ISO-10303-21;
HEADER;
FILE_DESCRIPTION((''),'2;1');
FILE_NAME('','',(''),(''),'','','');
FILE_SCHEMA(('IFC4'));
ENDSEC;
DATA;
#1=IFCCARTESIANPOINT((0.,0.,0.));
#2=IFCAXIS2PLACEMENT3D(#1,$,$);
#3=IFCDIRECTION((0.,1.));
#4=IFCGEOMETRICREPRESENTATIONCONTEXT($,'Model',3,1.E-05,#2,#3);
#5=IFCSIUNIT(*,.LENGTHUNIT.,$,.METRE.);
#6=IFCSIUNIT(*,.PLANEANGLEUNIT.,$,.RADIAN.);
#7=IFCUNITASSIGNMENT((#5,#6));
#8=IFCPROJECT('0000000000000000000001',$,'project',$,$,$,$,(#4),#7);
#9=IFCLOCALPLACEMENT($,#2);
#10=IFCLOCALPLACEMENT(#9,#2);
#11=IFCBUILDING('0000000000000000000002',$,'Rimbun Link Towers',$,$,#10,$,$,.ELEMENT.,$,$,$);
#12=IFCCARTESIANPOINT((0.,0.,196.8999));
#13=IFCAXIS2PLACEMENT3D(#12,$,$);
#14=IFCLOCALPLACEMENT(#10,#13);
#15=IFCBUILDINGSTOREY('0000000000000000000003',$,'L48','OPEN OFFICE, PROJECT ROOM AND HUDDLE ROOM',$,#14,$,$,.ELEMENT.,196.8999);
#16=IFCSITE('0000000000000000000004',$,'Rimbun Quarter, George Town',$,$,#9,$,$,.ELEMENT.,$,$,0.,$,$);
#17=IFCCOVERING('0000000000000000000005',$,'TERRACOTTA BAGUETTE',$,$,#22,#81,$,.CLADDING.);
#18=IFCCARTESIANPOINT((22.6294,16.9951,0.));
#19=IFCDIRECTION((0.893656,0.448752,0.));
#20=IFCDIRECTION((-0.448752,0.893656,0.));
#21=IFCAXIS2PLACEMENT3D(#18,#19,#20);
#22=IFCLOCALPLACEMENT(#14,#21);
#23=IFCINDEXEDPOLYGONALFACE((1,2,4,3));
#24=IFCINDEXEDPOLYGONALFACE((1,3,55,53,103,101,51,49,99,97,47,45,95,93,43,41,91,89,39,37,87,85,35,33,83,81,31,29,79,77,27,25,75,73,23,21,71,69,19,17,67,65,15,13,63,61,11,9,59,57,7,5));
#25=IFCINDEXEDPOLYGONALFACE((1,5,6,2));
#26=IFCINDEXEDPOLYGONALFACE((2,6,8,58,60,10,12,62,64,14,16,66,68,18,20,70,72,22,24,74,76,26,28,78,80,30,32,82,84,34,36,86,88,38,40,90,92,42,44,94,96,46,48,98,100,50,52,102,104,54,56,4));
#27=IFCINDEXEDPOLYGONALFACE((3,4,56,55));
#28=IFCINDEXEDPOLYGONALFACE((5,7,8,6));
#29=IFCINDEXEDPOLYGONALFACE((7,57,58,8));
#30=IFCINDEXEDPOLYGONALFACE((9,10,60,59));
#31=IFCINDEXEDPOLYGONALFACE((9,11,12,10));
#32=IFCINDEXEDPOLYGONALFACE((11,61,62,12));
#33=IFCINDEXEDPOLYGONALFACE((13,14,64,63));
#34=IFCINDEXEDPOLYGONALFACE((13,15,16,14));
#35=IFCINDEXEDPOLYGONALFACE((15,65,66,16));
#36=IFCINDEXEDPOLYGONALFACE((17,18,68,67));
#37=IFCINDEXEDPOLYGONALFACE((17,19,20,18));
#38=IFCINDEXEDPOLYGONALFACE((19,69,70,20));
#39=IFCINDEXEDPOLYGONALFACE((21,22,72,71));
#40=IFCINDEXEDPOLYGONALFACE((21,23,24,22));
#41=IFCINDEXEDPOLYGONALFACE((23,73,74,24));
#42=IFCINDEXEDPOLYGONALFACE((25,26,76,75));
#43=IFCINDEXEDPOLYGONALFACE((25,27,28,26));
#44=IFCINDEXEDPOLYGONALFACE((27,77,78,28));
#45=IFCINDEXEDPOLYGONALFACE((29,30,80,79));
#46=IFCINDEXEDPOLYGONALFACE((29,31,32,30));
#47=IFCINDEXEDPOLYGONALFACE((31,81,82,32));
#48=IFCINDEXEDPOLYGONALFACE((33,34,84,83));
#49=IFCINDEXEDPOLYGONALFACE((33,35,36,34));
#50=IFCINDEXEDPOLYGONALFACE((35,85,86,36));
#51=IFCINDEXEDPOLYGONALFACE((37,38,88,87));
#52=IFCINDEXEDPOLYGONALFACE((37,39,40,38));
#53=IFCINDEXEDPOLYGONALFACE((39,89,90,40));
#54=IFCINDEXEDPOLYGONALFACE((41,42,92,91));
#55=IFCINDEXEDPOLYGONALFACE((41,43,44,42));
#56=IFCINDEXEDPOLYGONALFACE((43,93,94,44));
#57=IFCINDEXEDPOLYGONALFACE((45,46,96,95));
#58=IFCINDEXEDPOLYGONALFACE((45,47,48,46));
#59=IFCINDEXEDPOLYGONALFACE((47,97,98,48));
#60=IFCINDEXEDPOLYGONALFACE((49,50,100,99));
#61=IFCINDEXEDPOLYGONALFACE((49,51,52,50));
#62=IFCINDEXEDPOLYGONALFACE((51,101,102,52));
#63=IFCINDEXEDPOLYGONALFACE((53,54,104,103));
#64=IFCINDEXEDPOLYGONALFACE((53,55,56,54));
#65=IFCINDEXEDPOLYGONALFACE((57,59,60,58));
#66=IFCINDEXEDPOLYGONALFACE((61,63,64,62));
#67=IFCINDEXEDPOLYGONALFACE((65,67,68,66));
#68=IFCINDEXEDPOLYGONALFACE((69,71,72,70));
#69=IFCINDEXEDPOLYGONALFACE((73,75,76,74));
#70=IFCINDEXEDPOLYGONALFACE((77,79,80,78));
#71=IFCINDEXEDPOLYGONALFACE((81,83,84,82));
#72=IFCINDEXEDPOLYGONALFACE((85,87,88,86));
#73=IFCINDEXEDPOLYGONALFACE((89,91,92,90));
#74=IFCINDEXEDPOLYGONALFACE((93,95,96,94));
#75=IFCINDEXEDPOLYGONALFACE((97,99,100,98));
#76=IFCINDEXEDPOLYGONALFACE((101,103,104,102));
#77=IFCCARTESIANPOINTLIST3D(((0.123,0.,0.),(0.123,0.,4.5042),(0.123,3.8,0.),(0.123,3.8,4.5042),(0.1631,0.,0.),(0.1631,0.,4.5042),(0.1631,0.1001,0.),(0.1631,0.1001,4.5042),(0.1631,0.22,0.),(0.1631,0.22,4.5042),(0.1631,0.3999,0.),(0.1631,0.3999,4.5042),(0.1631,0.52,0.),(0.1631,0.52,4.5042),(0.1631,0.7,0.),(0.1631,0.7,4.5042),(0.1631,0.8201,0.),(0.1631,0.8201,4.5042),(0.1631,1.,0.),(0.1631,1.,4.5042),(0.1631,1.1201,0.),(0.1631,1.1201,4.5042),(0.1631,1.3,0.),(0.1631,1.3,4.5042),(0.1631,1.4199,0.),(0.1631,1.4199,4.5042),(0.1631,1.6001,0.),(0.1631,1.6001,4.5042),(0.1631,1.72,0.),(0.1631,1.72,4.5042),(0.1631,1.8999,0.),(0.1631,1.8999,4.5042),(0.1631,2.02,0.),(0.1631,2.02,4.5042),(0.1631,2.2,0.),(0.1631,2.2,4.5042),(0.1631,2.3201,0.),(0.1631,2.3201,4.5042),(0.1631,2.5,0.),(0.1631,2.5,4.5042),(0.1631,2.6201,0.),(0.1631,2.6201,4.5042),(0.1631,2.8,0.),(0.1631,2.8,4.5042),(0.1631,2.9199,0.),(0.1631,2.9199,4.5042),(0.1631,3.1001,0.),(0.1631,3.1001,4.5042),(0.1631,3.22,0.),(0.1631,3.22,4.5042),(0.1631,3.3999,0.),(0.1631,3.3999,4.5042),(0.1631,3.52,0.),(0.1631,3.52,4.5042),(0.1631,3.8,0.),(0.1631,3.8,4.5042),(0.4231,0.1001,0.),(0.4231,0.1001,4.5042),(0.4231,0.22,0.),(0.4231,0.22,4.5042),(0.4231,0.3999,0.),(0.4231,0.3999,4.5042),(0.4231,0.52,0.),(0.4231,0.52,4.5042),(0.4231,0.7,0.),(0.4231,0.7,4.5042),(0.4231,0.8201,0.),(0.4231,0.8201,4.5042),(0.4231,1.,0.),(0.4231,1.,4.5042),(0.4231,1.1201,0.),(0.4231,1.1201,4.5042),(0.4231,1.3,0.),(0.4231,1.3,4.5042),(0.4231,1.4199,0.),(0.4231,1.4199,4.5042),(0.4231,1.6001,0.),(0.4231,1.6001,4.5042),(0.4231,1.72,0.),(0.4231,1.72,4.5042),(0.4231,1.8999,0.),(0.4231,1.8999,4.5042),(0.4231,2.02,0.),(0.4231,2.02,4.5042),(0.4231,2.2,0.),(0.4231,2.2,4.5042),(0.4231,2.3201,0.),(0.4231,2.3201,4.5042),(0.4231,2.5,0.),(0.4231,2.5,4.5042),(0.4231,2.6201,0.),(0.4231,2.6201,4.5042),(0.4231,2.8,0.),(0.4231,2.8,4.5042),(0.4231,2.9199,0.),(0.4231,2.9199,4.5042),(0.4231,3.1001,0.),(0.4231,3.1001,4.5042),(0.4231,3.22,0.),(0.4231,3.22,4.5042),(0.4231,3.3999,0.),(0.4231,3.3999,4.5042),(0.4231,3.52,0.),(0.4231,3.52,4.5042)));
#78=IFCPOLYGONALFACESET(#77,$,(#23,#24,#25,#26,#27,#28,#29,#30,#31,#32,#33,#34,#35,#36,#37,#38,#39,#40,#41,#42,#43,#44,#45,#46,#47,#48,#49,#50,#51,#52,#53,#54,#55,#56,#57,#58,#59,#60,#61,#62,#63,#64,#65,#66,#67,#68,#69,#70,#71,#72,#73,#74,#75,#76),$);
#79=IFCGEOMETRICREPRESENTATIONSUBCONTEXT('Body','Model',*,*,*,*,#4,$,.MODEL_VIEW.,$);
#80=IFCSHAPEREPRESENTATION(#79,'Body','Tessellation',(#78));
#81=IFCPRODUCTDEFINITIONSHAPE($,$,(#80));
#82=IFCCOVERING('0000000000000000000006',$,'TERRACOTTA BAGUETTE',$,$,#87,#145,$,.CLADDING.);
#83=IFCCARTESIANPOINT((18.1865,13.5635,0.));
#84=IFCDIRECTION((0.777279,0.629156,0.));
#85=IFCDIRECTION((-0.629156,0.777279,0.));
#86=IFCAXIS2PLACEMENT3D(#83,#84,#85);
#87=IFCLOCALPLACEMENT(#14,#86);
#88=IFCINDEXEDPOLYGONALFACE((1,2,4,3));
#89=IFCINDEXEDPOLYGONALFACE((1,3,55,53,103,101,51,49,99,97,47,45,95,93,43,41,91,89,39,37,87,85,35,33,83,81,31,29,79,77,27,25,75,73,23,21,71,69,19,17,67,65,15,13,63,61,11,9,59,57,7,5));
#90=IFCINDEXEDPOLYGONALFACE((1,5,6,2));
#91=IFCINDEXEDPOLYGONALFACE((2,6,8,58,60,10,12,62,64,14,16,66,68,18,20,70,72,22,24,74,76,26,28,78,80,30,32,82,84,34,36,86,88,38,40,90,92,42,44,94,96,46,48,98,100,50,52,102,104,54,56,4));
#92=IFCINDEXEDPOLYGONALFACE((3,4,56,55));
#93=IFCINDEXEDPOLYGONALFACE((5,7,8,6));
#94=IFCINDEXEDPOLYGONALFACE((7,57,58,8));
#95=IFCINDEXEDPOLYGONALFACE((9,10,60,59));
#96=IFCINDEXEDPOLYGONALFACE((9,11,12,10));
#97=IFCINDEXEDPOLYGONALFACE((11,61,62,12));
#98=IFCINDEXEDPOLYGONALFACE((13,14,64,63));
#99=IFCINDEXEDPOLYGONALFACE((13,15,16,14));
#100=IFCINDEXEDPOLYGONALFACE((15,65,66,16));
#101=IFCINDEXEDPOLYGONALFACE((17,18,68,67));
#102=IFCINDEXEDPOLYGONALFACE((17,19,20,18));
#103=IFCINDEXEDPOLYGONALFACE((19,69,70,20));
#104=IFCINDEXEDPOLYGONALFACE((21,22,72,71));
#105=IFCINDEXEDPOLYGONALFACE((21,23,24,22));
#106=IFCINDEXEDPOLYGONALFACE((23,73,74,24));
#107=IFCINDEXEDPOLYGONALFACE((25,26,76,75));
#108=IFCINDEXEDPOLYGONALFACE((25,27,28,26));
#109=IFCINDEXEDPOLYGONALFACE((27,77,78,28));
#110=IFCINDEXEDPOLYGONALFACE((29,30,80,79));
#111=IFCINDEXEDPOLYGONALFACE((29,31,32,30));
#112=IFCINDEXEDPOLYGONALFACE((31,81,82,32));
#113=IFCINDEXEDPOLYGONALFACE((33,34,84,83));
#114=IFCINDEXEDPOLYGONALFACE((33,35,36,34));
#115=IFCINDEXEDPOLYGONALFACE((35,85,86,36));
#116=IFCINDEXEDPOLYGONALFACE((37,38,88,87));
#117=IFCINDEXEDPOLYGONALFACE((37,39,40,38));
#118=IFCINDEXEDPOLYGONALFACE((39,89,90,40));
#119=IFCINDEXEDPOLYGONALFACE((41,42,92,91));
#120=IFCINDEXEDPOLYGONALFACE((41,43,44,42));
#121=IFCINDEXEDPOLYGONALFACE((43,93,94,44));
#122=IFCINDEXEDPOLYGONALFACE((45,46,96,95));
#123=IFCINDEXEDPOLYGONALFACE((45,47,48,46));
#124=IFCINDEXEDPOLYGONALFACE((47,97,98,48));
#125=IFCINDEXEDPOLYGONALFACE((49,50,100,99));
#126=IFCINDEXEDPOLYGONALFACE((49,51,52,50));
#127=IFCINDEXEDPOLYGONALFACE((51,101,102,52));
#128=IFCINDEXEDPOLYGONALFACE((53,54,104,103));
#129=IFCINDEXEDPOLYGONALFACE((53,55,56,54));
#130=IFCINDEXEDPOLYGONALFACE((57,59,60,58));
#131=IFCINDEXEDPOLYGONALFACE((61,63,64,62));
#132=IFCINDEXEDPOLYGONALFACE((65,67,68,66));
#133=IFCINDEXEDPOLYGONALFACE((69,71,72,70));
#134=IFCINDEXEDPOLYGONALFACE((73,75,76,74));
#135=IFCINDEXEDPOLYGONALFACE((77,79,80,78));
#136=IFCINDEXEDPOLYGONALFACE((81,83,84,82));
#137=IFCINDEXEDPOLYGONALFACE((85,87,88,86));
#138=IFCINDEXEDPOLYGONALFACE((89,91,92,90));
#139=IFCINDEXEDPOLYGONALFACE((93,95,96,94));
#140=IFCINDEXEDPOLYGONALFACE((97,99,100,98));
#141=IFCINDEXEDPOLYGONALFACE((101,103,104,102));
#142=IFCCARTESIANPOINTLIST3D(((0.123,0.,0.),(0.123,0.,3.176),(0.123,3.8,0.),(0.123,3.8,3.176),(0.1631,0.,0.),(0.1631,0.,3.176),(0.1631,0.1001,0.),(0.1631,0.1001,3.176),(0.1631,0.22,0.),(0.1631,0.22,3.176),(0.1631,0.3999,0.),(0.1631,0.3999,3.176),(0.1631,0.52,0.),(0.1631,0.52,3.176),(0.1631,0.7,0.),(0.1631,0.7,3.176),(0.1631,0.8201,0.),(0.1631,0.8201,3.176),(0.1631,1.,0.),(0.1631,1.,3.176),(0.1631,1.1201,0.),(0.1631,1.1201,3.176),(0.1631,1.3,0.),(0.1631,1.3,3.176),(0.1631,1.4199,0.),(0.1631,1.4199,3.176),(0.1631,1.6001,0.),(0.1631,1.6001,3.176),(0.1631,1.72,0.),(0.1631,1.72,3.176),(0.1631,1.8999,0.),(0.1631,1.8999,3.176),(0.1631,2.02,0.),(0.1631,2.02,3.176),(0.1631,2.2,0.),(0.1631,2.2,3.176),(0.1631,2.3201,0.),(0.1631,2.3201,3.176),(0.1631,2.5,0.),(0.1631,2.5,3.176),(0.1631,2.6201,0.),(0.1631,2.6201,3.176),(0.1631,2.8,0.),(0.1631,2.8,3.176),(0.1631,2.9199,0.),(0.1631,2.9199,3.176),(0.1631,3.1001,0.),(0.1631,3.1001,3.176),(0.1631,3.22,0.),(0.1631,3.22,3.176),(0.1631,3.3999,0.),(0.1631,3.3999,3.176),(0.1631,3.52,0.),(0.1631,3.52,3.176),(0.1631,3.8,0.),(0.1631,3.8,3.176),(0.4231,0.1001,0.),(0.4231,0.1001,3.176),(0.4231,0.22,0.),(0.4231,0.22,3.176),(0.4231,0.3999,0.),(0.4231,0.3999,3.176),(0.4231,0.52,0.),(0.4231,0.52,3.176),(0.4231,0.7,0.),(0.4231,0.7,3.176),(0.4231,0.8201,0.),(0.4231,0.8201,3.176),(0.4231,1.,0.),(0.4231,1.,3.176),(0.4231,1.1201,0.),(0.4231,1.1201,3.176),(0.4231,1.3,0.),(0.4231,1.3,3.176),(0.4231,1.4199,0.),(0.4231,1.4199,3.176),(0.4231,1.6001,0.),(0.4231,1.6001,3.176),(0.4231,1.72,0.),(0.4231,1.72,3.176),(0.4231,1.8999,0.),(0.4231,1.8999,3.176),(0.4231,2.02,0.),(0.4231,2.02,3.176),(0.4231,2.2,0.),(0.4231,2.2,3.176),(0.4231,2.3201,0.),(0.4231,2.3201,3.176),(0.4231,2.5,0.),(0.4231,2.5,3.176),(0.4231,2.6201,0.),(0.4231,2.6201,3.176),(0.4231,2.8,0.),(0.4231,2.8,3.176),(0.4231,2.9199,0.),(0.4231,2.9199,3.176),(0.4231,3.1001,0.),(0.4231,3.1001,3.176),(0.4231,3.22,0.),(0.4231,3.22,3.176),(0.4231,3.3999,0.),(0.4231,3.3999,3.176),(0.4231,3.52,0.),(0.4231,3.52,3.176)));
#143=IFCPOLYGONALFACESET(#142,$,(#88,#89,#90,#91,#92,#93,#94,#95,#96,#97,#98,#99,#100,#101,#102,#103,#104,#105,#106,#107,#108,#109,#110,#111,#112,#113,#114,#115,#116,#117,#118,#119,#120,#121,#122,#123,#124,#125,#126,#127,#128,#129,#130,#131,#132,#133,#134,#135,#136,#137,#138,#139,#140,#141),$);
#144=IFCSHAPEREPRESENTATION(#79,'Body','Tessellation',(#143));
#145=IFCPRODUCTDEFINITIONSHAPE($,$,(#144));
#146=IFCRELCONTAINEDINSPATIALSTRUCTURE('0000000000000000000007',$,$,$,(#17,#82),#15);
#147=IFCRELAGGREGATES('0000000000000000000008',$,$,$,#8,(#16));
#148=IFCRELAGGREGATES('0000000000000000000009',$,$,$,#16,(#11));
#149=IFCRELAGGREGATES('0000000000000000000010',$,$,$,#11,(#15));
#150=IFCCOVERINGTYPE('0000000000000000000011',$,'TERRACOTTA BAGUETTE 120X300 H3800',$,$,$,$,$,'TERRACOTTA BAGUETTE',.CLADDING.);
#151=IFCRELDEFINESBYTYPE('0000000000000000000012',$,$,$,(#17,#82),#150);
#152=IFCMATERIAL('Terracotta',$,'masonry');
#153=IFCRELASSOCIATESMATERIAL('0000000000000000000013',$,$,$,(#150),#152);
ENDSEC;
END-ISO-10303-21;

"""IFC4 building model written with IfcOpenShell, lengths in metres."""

from ifc_helpers import new_model, si_unit, direction, frame, origin, place, context, subcontext, project, spatial, polyline, outline, extrude, material, material_profile, profile_set, type_object, element, save


model = new_model("IFC4")

# Units and contexts
model_context = context("Model", 3, precision=1e-05, world=origin(), true_north=direction((0.0, 1.0)))
body_context = subcontext(model_context, "Body", "Model", "MODEL_VIEW")
ifc_project = project(units=[si_unit("LENGTHUNIT", "METRE"), si_unit("PLANEANGLEUNIT", "RADIAN")], contexts=[model_context])

# Site, building, storey
site_placement = place(None, origin())
site = spatial("IfcSite", under=ifc_project, at=site_placement, Name="Rimbun Quarter, George Town", CompositionType="ELEMENT", RefElevation=0.0)
building_placement = place(site_placement, origin())
building = spatial("IfcBuilding", under=site, at=building_placement, Name="Rimbun Link Towers", CompositionType="ELEMENT")
storey_placement = place(building_placement, frame((0.0, 0.0, 196.8999)))
storey = spatial("IfcBuildingStorey", under=building, at=storey_placement, Name="L48", Description="OPEN OFFICE, PROJECT ROOM AND HUDDLE ROOM", CompositionType="ELEMENT", Elevation=196.8999)

# Coverings
ifc_material_1 = material(Name="Terracotta", Category="masonry")
ifc_material_profile_1 = material_profile(ifc_material_1, outline(polyline([(0.123, 0.0), (0.1631, 0.0), (0.1631, 0.1001), (0.4231, 0.1001), (0.4231, 0.22), (0.1631, 0.22), (0.1631, 0.3999), (0.4231, 0.3999), (0.4231, 0.52), (0.1631, 0.52), (0.1631, 0.7), (0.4231, 0.7), (0.4231, 0.8201), (0.1631, 0.8201), (0.1631, 1.0), (0.4231, 1.0), (0.4231, 1.1201), (0.1631, 1.1201), (0.1631, 1.3), (0.4231, 1.3), (0.4231, 1.4199), (0.1631, 1.4199), (0.1631, 1.6001), (0.4231, 1.6001), (0.4231, 1.72), (0.1631, 1.72), (0.1631, 1.8999), (0.4231, 1.8999), (0.4231, 2.02), (0.1631, 2.02), (0.1631, 2.2), (0.4231, 2.2), (0.4231, 2.3201), (0.1631, 2.3201), (0.1631, 2.5), (0.4231, 2.5), (0.4231, 2.6201), (0.1631, 2.6201), (0.1631, 2.8), (0.4231, 2.8), (0.4231, 2.9199), (0.1631, 2.9199), (0.1631, 3.1001), (0.4231, 3.1001), (0.4231, 3.22), (0.1631, 3.22), (0.1631, 3.3999), (0.4231, 3.3999), (0.4231, 3.52), (0.1631, 3.52), (0.1631, 3.8), (0.123, 3.8), (0.123, 0.0)])), Name="BAGUETTE 120X300")
ifc_profile_set_1 = profile_set([ifc_material_profile_1], Name="Terracotta")
covering_type = type_object("IfcCoveringType", Name="TERRACOTTA BAGUETTE 120X300 H3800", ElementType="TERRACOTTA BAGUETTE", PredefinedType="CLADDING", material=ifc_profile_set_1)
covering_1_placement = place(storey_placement, frame((22.6294, 16.9951, 0.0), z_axis=(0.893656, 0.448752, 0.0), x_axis=(-0.448752, 0.893656, 0.0)))
element("IfcCovering", 1, at=covering_1_placement, inside=storey, type_object=covering_type, Name="TERRACOTTA BAGUETTE", PredefinedType="CLADDING", context=body_context, shape_type="SweptSolid", body=[
    extrude(outline(polyline([(0.123, 0.0), (0.1631, 0.0), (0.1631, 0.1001), (0.4231, 0.1001), (0.4231, 0.22), (0.1631, 0.22), (0.1631, 0.3999), (0.4231, 0.3999), (0.4231, 0.52), (0.1631, 0.52), (0.1631, 0.7), (0.4231, 0.7), (0.4231, 0.8201), (0.1631, 0.8201), (0.1631, 1.0), (0.4231, 1.0), (0.4231, 1.1201), (0.1631, 1.1201), (0.1631, 1.3), (0.4231, 1.3), (0.4231, 1.4199), (0.1631, 1.4199), (0.1631, 1.6001), (0.4231, 1.6001), (0.4231, 1.72), (0.1631, 1.72), (0.1631, 1.8999), (0.4231, 1.8999), (0.4231, 2.02), (0.1631, 2.02), (0.1631, 2.2), (0.4231, 2.2), (0.4231, 2.3201), (0.1631, 2.3201), (0.1631, 2.5), (0.4231, 2.5), (0.4231, 2.6201), (0.1631, 2.6201), (0.1631, 2.8), (0.4231, 2.8), (0.4231, 2.9199), (0.1631, 2.9199), (0.1631, 3.1001), (0.4231, 3.1001), (0.4231, 3.22), (0.1631, 3.22), (0.1631, 3.3999), (0.4231, 3.3999), (0.4231, 3.52), (0.1631, 3.52), (0.1631, 3.8), (0.123, 3.8), (0.123, 0.0)])), origin(), (0.0, 0.0, 1.0), 4.5042),
])
covering_2_placement = place(storey_placement, frame((18.1865, 13.5635, 0.0), z_axis=(0.777279, 0.629156, 0.0), x_axis=(-0.629156, 0.777279, 0.0)))
element("IfcCovering", 2, at=covering_2_placement, inside=storey, type_object=covering_type, Name="TERRACOTTA BAGUETTE", PredefinedType="CLADDING", context=body_context, shape_type="SweptSolid", body=[
    extrude(outline(polyline([(0.123, 0.0), (0.1631, 0.0), (0.1631, 0.1001), (0.4231, 0.1001), (0.4231, 0.22), (0.1631, 0.22), (0.1631, 0.3999), (0.4231, 0.3999), (0.4231, 0.52), (0.1631, 0.52), (0.1631, 0.7), (0.4231, 0.7), (0.4231, 0.8201), (0.1631, 0.8201), (0.1631, 1.0), (0.4231, 1.0), (0.4231, 1.1201), (0.1631, 1.1201), (0.1631, 1.3), (0.4231, 1.3), (0.4231, 1.4199), (0.1631, 1.4199), (0.1631, 1.6001), (0.4231, 1.6001), (0.4231, 1.72), (0.1631, 1.72), (0.1631, 1.8999), (0.4231, 1.8999), (0.4231, 2.02), (0.1631, 2.02), (0.1631, 2.2), (0.4231, 2.2), (0.4231, 2.3201), (0.1631, 2.3201), (0.1631, 2.5), (0.4231, 2.5), (0.4231, 2.6201), (0.1631, 2.6201), (0.1631, 2.8), (0.4231, 2.8), (0.4231, 2.9199), (0.1631, 2.9199), (0.1631, 3.1001), (0.4231, 3.1001), (0.4231, 3.22), (0.1631, 3.22), (0.1631, 3.3999), (0.4231, 3.3999), (0.4231, 3.52), (0.1631, 3.52), (0.1631, 3.8), (0.123, 3.8), (0.123, 0.0)])), origin(), (0.0, 0.0, 1.0), 3.176),
])

save(model, "model.ifc")
